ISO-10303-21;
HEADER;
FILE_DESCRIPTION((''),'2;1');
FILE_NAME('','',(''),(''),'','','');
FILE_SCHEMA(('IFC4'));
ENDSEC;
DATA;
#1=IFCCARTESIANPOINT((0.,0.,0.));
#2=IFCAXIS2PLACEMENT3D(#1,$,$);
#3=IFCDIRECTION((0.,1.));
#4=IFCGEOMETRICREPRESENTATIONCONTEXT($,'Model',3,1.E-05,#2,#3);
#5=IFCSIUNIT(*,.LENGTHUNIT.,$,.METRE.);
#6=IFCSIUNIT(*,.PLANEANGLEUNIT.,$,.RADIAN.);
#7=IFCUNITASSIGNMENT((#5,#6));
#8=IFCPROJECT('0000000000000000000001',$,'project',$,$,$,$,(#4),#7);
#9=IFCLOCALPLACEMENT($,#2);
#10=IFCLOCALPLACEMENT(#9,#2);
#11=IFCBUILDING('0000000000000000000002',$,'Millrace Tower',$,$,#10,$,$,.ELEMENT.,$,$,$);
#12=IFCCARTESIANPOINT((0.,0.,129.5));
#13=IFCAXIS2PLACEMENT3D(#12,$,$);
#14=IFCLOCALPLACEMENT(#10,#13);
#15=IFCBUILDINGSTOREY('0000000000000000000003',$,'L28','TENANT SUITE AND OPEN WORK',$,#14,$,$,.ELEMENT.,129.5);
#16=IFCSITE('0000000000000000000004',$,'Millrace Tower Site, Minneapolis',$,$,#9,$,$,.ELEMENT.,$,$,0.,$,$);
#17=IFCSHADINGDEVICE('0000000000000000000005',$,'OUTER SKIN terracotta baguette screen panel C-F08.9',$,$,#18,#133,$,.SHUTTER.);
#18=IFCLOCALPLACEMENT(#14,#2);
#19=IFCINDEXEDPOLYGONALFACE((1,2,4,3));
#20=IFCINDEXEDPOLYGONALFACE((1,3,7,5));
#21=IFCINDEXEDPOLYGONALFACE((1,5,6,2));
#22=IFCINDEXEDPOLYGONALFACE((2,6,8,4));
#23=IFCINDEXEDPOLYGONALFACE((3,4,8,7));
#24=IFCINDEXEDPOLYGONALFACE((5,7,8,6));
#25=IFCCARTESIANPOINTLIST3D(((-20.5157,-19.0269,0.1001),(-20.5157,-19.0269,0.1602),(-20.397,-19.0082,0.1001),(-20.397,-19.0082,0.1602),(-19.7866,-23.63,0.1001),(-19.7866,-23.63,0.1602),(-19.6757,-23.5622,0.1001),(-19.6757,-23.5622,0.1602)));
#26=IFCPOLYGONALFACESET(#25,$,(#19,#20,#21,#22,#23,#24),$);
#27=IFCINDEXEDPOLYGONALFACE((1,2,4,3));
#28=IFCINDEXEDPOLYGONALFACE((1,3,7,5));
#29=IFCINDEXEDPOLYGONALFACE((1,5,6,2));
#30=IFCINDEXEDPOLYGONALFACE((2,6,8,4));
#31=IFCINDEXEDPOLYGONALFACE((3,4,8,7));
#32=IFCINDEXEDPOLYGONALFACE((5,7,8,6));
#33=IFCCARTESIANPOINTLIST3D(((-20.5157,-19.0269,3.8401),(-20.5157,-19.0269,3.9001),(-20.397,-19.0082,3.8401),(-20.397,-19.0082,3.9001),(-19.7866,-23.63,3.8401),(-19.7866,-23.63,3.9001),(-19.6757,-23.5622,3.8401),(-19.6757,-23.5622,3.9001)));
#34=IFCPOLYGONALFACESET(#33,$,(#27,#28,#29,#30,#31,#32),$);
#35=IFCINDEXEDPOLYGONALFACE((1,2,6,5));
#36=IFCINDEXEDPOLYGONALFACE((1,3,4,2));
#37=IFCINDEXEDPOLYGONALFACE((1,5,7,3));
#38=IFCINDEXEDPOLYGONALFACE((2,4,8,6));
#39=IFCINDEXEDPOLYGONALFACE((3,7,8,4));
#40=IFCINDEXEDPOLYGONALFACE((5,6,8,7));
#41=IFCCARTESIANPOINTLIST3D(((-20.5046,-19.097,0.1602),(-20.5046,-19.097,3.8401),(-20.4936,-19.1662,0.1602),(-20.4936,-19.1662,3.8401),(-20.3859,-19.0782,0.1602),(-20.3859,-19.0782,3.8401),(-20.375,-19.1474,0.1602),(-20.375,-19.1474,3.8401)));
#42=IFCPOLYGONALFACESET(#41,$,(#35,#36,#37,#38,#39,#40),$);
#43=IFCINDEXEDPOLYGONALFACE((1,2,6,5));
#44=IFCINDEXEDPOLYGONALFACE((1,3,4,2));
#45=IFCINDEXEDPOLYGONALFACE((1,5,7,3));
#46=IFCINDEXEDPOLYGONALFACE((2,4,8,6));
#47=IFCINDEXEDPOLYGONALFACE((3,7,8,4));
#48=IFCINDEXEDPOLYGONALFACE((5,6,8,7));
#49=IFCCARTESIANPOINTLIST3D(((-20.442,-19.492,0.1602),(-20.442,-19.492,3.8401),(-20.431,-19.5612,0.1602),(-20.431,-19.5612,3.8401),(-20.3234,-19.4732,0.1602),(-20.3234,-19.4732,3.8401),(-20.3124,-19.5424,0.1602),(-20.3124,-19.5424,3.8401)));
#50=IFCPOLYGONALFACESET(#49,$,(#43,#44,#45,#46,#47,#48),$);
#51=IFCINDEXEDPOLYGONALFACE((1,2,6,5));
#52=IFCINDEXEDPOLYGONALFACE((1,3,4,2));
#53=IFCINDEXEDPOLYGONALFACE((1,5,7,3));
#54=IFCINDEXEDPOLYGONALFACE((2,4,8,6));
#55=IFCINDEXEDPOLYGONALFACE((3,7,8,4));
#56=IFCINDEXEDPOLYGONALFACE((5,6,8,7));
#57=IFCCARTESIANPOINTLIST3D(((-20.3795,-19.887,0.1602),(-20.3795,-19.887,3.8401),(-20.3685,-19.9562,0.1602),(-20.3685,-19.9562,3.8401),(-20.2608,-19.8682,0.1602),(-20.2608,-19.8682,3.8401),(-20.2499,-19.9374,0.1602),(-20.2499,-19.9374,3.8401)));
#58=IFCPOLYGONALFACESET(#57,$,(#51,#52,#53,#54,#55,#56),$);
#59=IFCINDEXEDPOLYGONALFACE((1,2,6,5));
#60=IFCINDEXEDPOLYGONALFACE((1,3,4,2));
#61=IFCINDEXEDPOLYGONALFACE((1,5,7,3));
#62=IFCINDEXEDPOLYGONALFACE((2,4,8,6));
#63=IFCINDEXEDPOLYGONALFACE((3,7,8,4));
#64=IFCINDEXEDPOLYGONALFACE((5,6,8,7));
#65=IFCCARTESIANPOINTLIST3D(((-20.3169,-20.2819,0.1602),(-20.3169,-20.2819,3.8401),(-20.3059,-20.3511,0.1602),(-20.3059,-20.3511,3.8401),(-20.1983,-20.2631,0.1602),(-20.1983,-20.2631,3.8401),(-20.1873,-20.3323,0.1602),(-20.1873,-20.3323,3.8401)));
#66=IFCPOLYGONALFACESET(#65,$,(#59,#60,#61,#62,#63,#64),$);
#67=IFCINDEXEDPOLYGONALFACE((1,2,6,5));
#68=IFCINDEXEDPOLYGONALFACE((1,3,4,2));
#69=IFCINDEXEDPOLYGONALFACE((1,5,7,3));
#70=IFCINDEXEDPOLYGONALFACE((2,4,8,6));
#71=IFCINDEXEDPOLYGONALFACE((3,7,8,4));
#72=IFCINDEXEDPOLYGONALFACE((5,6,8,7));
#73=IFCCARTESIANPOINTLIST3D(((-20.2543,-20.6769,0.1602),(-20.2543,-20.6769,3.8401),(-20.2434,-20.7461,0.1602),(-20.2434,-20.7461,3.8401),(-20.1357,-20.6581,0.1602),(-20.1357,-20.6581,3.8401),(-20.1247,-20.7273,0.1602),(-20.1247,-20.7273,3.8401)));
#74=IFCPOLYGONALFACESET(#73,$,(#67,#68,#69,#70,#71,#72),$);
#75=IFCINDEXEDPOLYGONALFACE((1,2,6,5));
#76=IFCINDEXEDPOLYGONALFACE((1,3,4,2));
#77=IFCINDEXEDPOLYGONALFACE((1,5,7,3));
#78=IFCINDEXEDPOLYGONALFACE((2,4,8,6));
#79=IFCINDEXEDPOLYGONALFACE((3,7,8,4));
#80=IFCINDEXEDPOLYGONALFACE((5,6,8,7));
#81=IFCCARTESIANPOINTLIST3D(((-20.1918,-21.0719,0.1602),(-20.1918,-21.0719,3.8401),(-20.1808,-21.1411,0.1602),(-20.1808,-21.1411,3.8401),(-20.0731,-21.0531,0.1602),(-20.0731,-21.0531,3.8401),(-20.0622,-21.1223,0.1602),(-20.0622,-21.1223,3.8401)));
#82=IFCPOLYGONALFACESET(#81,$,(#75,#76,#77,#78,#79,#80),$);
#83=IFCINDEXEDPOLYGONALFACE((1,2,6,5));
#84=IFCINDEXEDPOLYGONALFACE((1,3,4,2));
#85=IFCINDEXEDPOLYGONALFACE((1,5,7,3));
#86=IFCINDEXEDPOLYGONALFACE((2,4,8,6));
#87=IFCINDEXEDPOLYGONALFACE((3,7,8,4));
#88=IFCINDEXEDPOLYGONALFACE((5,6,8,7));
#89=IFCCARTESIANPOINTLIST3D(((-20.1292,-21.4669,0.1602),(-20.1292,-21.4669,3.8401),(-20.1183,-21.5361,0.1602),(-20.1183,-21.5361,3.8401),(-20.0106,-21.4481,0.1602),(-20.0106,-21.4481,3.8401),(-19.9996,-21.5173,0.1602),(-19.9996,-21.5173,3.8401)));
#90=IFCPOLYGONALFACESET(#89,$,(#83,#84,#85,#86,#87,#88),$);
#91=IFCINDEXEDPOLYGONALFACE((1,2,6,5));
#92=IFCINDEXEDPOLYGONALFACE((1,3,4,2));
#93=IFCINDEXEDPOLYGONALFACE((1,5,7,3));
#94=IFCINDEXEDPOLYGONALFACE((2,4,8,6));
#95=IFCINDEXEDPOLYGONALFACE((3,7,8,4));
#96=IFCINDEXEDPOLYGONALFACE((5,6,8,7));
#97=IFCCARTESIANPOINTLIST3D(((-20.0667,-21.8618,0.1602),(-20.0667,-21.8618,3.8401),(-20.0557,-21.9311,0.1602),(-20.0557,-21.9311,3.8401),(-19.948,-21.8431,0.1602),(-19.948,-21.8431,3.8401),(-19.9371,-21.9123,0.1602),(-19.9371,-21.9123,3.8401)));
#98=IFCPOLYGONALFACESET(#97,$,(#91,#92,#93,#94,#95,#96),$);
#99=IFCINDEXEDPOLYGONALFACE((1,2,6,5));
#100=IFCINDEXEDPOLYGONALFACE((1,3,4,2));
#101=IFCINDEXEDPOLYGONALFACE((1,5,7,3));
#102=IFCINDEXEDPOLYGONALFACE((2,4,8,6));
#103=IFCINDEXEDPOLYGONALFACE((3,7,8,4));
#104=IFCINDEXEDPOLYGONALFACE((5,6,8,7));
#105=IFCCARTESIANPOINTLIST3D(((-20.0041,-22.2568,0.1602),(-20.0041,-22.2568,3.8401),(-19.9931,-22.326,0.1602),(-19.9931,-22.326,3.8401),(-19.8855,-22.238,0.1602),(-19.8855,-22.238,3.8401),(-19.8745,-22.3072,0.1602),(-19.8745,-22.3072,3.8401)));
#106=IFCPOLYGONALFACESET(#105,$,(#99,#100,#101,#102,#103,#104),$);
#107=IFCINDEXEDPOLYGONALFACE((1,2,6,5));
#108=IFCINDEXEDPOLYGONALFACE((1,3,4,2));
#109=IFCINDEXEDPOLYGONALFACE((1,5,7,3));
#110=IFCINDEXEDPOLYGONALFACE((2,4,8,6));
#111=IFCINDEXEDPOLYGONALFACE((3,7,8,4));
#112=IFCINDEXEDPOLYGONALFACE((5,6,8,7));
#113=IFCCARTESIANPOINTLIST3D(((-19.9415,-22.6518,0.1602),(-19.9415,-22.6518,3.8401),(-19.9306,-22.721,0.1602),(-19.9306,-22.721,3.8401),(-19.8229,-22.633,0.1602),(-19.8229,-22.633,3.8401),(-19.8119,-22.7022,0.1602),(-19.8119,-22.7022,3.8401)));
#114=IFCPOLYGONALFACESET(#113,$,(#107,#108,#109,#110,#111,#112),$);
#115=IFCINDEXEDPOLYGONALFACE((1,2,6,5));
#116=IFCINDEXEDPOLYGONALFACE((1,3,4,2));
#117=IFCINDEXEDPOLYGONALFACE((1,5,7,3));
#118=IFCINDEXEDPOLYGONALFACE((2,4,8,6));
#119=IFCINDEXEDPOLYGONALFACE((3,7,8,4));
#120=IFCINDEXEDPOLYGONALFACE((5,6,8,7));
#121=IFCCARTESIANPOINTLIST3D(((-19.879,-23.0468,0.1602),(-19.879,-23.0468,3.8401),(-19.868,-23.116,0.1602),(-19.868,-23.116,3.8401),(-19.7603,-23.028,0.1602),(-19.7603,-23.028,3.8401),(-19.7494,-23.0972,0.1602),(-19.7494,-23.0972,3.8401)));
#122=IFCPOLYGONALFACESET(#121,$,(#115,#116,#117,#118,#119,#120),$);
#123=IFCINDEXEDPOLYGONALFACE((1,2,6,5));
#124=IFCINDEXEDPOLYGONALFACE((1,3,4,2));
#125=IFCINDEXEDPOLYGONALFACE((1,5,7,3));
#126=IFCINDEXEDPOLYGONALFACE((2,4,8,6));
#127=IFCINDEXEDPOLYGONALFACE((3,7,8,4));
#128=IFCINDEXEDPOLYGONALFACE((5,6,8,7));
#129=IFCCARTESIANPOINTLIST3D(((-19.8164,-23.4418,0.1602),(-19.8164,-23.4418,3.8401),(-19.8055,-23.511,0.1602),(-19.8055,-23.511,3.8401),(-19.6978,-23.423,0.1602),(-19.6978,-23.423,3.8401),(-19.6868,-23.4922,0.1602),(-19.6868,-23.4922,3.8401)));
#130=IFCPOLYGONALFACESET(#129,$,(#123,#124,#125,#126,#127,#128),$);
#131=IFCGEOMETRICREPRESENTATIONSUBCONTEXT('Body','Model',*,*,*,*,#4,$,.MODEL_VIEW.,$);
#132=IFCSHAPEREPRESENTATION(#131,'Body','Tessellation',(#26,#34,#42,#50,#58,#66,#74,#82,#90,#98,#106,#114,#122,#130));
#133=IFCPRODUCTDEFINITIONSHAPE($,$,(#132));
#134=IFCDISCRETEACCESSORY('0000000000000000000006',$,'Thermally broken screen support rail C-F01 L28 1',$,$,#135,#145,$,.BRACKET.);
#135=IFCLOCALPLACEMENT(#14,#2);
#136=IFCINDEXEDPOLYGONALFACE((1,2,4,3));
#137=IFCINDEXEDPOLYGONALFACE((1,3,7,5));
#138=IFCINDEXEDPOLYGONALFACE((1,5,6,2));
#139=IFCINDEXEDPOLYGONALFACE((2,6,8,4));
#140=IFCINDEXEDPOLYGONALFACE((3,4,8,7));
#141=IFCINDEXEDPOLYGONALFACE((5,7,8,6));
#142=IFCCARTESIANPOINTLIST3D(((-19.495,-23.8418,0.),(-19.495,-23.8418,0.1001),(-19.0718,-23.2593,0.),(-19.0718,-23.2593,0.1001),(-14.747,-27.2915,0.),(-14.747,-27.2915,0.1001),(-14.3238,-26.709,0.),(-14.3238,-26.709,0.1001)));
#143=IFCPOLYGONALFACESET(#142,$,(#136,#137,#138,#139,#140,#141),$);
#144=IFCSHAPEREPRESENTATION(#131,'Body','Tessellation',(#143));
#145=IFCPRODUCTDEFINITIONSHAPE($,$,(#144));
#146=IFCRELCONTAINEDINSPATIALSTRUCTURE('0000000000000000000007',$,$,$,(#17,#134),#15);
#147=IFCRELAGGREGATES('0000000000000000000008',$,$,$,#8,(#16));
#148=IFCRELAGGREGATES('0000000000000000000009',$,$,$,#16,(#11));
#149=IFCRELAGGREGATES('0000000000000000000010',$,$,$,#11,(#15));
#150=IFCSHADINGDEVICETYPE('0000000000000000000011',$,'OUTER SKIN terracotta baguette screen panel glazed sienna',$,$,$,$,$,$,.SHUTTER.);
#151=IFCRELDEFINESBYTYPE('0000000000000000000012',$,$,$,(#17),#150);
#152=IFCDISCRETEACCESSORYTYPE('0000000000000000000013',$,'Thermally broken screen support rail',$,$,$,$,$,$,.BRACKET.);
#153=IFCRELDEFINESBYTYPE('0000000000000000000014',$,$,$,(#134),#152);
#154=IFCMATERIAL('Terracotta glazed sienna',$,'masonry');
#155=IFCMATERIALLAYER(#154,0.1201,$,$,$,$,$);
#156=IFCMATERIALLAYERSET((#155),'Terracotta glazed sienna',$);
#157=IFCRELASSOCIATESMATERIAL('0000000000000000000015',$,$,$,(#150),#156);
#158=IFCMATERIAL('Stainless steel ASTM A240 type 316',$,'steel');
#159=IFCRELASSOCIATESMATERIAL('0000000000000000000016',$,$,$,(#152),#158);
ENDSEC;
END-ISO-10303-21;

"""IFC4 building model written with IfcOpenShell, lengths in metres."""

from ifc_helpers import new_model, entity, si_unit, direction, frame, frame_2d, origin, origin_2d, place, context, subcontext, project, spatial, rectangle, extrude, source, transform, mapped, material, layer, layer_set, type_object, element, save


model = new_model("IFC4")

# Units and contexts
model_context = context("Model", 3, precision=1e-05, world=origin(), true_north=direction((0.0, 1.0)))
body_context = subcontext(model_context, "Body", "Model", "MODEL_VIEW")
ifc_project = project(units=[si_unit("LENGTHUNIT", "METRE"), si_unit("PLANEANGLEUNIT", "RADIAN")], contexts=[model_context])

# Site, building, storey
site_placement = place(None, origin())
site = spatial("IfcSite", under=ifc_project, at=site_placement, Name="Millrace Tower Site, Minneapolis", CompositionType="ELEMENT", RefElevation=0.0)
building_placement = place(site_placement, origin())
building = spatial("IfcBuilding", under=site, at=building_placement, Name="Millrace Tower", CompositionType="ELEMENT")
storey_placement = place(building_placement, frame((0.0, 0.0, 129.5)))
storey = spatial("IfcBuildingStorey", under=building, at=storey_placement, Name="L28", Description="TENANT SUITE AND OPEN WORK", CompositionType="ELEMENT", Elevation=129.5)

# Shading device
ifc_material_1 = material(Name="Terracotta glazed sienna", Category="masonry")
ifc_layer_1 = layer(ifc_material_1, 0.1201)
ifc_layer_set_1 = layer_set([ifc_layer_1], Name="Terracotta glazed sienna")
shading_device_type = type_object("IfcShadingDeviceType", Name="OUTER SKIN terracotta baguette screen panel glazed sienna", PredefinedType="SHUTTER", material=ifc_layer_set_1)
cartesian_point_1 = entity("IfcCartesianPoint", [-2.3179, 0.0601])
shared_polyline_1 = entity("IfcPolyline", [cartesian_point_1, entity("IfcCartesianPoint", [2.293, 0.0601]), entity("IfcCartesianPoint", [2.3425, -0.0601]), entity("IfcCartesianPoint", [-2.3179, -0.0601]), cartesian_point_1])
shared_shape_1 = source(origin(), body_context, "Body", "SweptSolid", [
    entity("IfcExtrudedAreaSolid", entity("IfcArbitraryClosedProfileDef", "AREA", None, shared_polyline_1), entity("IfcAxis2Placement3D", entity("IfcCartesianPoint", [0.0, 0.0, 0.0])), entity("IfcDirection", [0.0, 0.0, 1.0]), 0.0601),
    entity("IfcExtrudedAreaSolid", entity("IfcArbitraryClosedProfileDef", "AREA", None, shared_polyline_1), entity("IfcAxis2Placement3D", entity("IfcCartesianPoint", [0.0, 0.0, 3.74])), entity("IfcDirection", [0.0, 0.0, 1.0]), 0.0601),
    extrude(rectangle(XDim=0.0701, YDim=0.1201, at=frame_2d((-2.2119, 0.0))), frame((0.0, 0.0, 0.0601)), (0.0, 0.0, 1.0), 3.6799),
    extrude(rectangle(XDim=0.0701, YDim=0.1201, at=frame_2d((-1.812, 0.0))), frame((0.0, 0.0, 0.0601)), (0.0, 0.0, 1.0), 3.6799),
    extrude(rectangle(XDim=0.0701, YDim=0.1201, at=frame_2d((-1.4121, 0.0))), frame((0.0, 0.0, 0.0601)), (0.0, 0.0, 1.0), 3.6799),
    extrude(rectangle(XDim=0.0701, YDim=0.1201, at=frame_2d((-1.0122, 0.0))), frame((0.0, 0.0, 0.0601)), (0.0, 0.0, 1.0), 3.6799),
    extrude(rectangle(XDim=0.0701, YDim=0.1201, at=frame_2d((-0.6123, 0.0))), frame((0.0, 0.0, 0.0601)), (0.0, 0.0, 1.0), 3.6799),
    extrude(rectangle(XDim=0.0701, YDim=0.1201, at=frame_2d((-0.2124, 0.0))), frame((0.0, 0.0, 0.0601)), (0.0, 0.0, 1.0), 3.6799),
    extrude(rectangle(XDim=0.0701, YDim=0.1201, at=frame_2d((0.1875, 0.0))), frame((0.0, 0.0, 0.0601)), (0.0, 0.0, 1.0), 3.6799),
    extrude(rectangle(XDim=0.0701, YDim=0.1201, at=frame_2d((0.5874, 0.0))), frame((0.0, 0.0, 0.0601)), (0.0, 0.0, 1.0), 3.6799),
    extrude(rectangle(XDim=0.0701, YDim=0.1201, at=frame_2d((0.9873, 0.0))), frame((0.0, 0.0, 0.0601)), (0.0, 0.0, 1.0), 3.6799),
    extrude(rectangle(XDim=0.0701, YDim=0.1201, at=frame_2d((1.3872, 0.0))), frame((0.0, 0.0, 0.0601)), (0.0, 0.0, 1.0), 3.6799),
    extrude(rectangle(XDim=0.0701, YDim=0.1201, at=frame_2d((1.7871, 0.0))), frame((0.0, 0.0, 0.0601)), (0.0, 0.0, 1.0), 3.6799),
    extrude(rectangle(XDim=0.0701, YDim=0.1201, at=frame_2d((2.187, 0.0))), frame((0.0, 0.0, 0.0601)), (0.0, 0.0, 1.0), 3.6799),
])
shading_device_1_placement = place(storey_placement, frame((-20.0938, -21.3069, 0.1001), z_axis=(0.0, 0.0, 1.0), x_axis=(0.156434, -0.987688, 0.0)))
element("IfcShadingDevice", 1, at=shading_device_1_placement, inside=storey, type_object=shading_device_type, Name="OUTER SKIN terracotta baguette screen panel C-F08.9", PredefinedType="SHUTTER", context=body_context, shape_type="MappedRepresentation", body=[
    mapped(shared_shape_1, transform((0.0, 0.0, 0.0), scale=1.0)),
])

# Discrete accessory
ifc_material_2 = material(Name="Stainless steel ASTM A240 type 316", Category="steel")
discrete_accessory_type = type_object("IfcDiscreteAccessoryType", Name="Thermally broken screen support rail", PredefinedType="BRACKET", material=ifc_material_2)
discrete_accessory_placement = place(storey_placement, frame((-16.9094, -25.2754, 0.0), z_axis=(0.0, 0.0, 1.0), x_axis=(0.809017, -0.587785, 0.0)))
element("IfcDiscreteAccessory", 2, at=discrete_accessory_placement, inside=storey, type_object=discrete_accessory_type, Name="Thermally broken screen support rail C-F01 L28 1", PredefinedType="BRACKET", context=body_context, shape_type="SweptSolid", body=[
    extrude(rectangle(XDim=5.8689, YDim=0.72, at=origin_2d()), origin(), (0.0, 0.0, 1.0), 0.1001),
])

save(model, "model.ifc")
